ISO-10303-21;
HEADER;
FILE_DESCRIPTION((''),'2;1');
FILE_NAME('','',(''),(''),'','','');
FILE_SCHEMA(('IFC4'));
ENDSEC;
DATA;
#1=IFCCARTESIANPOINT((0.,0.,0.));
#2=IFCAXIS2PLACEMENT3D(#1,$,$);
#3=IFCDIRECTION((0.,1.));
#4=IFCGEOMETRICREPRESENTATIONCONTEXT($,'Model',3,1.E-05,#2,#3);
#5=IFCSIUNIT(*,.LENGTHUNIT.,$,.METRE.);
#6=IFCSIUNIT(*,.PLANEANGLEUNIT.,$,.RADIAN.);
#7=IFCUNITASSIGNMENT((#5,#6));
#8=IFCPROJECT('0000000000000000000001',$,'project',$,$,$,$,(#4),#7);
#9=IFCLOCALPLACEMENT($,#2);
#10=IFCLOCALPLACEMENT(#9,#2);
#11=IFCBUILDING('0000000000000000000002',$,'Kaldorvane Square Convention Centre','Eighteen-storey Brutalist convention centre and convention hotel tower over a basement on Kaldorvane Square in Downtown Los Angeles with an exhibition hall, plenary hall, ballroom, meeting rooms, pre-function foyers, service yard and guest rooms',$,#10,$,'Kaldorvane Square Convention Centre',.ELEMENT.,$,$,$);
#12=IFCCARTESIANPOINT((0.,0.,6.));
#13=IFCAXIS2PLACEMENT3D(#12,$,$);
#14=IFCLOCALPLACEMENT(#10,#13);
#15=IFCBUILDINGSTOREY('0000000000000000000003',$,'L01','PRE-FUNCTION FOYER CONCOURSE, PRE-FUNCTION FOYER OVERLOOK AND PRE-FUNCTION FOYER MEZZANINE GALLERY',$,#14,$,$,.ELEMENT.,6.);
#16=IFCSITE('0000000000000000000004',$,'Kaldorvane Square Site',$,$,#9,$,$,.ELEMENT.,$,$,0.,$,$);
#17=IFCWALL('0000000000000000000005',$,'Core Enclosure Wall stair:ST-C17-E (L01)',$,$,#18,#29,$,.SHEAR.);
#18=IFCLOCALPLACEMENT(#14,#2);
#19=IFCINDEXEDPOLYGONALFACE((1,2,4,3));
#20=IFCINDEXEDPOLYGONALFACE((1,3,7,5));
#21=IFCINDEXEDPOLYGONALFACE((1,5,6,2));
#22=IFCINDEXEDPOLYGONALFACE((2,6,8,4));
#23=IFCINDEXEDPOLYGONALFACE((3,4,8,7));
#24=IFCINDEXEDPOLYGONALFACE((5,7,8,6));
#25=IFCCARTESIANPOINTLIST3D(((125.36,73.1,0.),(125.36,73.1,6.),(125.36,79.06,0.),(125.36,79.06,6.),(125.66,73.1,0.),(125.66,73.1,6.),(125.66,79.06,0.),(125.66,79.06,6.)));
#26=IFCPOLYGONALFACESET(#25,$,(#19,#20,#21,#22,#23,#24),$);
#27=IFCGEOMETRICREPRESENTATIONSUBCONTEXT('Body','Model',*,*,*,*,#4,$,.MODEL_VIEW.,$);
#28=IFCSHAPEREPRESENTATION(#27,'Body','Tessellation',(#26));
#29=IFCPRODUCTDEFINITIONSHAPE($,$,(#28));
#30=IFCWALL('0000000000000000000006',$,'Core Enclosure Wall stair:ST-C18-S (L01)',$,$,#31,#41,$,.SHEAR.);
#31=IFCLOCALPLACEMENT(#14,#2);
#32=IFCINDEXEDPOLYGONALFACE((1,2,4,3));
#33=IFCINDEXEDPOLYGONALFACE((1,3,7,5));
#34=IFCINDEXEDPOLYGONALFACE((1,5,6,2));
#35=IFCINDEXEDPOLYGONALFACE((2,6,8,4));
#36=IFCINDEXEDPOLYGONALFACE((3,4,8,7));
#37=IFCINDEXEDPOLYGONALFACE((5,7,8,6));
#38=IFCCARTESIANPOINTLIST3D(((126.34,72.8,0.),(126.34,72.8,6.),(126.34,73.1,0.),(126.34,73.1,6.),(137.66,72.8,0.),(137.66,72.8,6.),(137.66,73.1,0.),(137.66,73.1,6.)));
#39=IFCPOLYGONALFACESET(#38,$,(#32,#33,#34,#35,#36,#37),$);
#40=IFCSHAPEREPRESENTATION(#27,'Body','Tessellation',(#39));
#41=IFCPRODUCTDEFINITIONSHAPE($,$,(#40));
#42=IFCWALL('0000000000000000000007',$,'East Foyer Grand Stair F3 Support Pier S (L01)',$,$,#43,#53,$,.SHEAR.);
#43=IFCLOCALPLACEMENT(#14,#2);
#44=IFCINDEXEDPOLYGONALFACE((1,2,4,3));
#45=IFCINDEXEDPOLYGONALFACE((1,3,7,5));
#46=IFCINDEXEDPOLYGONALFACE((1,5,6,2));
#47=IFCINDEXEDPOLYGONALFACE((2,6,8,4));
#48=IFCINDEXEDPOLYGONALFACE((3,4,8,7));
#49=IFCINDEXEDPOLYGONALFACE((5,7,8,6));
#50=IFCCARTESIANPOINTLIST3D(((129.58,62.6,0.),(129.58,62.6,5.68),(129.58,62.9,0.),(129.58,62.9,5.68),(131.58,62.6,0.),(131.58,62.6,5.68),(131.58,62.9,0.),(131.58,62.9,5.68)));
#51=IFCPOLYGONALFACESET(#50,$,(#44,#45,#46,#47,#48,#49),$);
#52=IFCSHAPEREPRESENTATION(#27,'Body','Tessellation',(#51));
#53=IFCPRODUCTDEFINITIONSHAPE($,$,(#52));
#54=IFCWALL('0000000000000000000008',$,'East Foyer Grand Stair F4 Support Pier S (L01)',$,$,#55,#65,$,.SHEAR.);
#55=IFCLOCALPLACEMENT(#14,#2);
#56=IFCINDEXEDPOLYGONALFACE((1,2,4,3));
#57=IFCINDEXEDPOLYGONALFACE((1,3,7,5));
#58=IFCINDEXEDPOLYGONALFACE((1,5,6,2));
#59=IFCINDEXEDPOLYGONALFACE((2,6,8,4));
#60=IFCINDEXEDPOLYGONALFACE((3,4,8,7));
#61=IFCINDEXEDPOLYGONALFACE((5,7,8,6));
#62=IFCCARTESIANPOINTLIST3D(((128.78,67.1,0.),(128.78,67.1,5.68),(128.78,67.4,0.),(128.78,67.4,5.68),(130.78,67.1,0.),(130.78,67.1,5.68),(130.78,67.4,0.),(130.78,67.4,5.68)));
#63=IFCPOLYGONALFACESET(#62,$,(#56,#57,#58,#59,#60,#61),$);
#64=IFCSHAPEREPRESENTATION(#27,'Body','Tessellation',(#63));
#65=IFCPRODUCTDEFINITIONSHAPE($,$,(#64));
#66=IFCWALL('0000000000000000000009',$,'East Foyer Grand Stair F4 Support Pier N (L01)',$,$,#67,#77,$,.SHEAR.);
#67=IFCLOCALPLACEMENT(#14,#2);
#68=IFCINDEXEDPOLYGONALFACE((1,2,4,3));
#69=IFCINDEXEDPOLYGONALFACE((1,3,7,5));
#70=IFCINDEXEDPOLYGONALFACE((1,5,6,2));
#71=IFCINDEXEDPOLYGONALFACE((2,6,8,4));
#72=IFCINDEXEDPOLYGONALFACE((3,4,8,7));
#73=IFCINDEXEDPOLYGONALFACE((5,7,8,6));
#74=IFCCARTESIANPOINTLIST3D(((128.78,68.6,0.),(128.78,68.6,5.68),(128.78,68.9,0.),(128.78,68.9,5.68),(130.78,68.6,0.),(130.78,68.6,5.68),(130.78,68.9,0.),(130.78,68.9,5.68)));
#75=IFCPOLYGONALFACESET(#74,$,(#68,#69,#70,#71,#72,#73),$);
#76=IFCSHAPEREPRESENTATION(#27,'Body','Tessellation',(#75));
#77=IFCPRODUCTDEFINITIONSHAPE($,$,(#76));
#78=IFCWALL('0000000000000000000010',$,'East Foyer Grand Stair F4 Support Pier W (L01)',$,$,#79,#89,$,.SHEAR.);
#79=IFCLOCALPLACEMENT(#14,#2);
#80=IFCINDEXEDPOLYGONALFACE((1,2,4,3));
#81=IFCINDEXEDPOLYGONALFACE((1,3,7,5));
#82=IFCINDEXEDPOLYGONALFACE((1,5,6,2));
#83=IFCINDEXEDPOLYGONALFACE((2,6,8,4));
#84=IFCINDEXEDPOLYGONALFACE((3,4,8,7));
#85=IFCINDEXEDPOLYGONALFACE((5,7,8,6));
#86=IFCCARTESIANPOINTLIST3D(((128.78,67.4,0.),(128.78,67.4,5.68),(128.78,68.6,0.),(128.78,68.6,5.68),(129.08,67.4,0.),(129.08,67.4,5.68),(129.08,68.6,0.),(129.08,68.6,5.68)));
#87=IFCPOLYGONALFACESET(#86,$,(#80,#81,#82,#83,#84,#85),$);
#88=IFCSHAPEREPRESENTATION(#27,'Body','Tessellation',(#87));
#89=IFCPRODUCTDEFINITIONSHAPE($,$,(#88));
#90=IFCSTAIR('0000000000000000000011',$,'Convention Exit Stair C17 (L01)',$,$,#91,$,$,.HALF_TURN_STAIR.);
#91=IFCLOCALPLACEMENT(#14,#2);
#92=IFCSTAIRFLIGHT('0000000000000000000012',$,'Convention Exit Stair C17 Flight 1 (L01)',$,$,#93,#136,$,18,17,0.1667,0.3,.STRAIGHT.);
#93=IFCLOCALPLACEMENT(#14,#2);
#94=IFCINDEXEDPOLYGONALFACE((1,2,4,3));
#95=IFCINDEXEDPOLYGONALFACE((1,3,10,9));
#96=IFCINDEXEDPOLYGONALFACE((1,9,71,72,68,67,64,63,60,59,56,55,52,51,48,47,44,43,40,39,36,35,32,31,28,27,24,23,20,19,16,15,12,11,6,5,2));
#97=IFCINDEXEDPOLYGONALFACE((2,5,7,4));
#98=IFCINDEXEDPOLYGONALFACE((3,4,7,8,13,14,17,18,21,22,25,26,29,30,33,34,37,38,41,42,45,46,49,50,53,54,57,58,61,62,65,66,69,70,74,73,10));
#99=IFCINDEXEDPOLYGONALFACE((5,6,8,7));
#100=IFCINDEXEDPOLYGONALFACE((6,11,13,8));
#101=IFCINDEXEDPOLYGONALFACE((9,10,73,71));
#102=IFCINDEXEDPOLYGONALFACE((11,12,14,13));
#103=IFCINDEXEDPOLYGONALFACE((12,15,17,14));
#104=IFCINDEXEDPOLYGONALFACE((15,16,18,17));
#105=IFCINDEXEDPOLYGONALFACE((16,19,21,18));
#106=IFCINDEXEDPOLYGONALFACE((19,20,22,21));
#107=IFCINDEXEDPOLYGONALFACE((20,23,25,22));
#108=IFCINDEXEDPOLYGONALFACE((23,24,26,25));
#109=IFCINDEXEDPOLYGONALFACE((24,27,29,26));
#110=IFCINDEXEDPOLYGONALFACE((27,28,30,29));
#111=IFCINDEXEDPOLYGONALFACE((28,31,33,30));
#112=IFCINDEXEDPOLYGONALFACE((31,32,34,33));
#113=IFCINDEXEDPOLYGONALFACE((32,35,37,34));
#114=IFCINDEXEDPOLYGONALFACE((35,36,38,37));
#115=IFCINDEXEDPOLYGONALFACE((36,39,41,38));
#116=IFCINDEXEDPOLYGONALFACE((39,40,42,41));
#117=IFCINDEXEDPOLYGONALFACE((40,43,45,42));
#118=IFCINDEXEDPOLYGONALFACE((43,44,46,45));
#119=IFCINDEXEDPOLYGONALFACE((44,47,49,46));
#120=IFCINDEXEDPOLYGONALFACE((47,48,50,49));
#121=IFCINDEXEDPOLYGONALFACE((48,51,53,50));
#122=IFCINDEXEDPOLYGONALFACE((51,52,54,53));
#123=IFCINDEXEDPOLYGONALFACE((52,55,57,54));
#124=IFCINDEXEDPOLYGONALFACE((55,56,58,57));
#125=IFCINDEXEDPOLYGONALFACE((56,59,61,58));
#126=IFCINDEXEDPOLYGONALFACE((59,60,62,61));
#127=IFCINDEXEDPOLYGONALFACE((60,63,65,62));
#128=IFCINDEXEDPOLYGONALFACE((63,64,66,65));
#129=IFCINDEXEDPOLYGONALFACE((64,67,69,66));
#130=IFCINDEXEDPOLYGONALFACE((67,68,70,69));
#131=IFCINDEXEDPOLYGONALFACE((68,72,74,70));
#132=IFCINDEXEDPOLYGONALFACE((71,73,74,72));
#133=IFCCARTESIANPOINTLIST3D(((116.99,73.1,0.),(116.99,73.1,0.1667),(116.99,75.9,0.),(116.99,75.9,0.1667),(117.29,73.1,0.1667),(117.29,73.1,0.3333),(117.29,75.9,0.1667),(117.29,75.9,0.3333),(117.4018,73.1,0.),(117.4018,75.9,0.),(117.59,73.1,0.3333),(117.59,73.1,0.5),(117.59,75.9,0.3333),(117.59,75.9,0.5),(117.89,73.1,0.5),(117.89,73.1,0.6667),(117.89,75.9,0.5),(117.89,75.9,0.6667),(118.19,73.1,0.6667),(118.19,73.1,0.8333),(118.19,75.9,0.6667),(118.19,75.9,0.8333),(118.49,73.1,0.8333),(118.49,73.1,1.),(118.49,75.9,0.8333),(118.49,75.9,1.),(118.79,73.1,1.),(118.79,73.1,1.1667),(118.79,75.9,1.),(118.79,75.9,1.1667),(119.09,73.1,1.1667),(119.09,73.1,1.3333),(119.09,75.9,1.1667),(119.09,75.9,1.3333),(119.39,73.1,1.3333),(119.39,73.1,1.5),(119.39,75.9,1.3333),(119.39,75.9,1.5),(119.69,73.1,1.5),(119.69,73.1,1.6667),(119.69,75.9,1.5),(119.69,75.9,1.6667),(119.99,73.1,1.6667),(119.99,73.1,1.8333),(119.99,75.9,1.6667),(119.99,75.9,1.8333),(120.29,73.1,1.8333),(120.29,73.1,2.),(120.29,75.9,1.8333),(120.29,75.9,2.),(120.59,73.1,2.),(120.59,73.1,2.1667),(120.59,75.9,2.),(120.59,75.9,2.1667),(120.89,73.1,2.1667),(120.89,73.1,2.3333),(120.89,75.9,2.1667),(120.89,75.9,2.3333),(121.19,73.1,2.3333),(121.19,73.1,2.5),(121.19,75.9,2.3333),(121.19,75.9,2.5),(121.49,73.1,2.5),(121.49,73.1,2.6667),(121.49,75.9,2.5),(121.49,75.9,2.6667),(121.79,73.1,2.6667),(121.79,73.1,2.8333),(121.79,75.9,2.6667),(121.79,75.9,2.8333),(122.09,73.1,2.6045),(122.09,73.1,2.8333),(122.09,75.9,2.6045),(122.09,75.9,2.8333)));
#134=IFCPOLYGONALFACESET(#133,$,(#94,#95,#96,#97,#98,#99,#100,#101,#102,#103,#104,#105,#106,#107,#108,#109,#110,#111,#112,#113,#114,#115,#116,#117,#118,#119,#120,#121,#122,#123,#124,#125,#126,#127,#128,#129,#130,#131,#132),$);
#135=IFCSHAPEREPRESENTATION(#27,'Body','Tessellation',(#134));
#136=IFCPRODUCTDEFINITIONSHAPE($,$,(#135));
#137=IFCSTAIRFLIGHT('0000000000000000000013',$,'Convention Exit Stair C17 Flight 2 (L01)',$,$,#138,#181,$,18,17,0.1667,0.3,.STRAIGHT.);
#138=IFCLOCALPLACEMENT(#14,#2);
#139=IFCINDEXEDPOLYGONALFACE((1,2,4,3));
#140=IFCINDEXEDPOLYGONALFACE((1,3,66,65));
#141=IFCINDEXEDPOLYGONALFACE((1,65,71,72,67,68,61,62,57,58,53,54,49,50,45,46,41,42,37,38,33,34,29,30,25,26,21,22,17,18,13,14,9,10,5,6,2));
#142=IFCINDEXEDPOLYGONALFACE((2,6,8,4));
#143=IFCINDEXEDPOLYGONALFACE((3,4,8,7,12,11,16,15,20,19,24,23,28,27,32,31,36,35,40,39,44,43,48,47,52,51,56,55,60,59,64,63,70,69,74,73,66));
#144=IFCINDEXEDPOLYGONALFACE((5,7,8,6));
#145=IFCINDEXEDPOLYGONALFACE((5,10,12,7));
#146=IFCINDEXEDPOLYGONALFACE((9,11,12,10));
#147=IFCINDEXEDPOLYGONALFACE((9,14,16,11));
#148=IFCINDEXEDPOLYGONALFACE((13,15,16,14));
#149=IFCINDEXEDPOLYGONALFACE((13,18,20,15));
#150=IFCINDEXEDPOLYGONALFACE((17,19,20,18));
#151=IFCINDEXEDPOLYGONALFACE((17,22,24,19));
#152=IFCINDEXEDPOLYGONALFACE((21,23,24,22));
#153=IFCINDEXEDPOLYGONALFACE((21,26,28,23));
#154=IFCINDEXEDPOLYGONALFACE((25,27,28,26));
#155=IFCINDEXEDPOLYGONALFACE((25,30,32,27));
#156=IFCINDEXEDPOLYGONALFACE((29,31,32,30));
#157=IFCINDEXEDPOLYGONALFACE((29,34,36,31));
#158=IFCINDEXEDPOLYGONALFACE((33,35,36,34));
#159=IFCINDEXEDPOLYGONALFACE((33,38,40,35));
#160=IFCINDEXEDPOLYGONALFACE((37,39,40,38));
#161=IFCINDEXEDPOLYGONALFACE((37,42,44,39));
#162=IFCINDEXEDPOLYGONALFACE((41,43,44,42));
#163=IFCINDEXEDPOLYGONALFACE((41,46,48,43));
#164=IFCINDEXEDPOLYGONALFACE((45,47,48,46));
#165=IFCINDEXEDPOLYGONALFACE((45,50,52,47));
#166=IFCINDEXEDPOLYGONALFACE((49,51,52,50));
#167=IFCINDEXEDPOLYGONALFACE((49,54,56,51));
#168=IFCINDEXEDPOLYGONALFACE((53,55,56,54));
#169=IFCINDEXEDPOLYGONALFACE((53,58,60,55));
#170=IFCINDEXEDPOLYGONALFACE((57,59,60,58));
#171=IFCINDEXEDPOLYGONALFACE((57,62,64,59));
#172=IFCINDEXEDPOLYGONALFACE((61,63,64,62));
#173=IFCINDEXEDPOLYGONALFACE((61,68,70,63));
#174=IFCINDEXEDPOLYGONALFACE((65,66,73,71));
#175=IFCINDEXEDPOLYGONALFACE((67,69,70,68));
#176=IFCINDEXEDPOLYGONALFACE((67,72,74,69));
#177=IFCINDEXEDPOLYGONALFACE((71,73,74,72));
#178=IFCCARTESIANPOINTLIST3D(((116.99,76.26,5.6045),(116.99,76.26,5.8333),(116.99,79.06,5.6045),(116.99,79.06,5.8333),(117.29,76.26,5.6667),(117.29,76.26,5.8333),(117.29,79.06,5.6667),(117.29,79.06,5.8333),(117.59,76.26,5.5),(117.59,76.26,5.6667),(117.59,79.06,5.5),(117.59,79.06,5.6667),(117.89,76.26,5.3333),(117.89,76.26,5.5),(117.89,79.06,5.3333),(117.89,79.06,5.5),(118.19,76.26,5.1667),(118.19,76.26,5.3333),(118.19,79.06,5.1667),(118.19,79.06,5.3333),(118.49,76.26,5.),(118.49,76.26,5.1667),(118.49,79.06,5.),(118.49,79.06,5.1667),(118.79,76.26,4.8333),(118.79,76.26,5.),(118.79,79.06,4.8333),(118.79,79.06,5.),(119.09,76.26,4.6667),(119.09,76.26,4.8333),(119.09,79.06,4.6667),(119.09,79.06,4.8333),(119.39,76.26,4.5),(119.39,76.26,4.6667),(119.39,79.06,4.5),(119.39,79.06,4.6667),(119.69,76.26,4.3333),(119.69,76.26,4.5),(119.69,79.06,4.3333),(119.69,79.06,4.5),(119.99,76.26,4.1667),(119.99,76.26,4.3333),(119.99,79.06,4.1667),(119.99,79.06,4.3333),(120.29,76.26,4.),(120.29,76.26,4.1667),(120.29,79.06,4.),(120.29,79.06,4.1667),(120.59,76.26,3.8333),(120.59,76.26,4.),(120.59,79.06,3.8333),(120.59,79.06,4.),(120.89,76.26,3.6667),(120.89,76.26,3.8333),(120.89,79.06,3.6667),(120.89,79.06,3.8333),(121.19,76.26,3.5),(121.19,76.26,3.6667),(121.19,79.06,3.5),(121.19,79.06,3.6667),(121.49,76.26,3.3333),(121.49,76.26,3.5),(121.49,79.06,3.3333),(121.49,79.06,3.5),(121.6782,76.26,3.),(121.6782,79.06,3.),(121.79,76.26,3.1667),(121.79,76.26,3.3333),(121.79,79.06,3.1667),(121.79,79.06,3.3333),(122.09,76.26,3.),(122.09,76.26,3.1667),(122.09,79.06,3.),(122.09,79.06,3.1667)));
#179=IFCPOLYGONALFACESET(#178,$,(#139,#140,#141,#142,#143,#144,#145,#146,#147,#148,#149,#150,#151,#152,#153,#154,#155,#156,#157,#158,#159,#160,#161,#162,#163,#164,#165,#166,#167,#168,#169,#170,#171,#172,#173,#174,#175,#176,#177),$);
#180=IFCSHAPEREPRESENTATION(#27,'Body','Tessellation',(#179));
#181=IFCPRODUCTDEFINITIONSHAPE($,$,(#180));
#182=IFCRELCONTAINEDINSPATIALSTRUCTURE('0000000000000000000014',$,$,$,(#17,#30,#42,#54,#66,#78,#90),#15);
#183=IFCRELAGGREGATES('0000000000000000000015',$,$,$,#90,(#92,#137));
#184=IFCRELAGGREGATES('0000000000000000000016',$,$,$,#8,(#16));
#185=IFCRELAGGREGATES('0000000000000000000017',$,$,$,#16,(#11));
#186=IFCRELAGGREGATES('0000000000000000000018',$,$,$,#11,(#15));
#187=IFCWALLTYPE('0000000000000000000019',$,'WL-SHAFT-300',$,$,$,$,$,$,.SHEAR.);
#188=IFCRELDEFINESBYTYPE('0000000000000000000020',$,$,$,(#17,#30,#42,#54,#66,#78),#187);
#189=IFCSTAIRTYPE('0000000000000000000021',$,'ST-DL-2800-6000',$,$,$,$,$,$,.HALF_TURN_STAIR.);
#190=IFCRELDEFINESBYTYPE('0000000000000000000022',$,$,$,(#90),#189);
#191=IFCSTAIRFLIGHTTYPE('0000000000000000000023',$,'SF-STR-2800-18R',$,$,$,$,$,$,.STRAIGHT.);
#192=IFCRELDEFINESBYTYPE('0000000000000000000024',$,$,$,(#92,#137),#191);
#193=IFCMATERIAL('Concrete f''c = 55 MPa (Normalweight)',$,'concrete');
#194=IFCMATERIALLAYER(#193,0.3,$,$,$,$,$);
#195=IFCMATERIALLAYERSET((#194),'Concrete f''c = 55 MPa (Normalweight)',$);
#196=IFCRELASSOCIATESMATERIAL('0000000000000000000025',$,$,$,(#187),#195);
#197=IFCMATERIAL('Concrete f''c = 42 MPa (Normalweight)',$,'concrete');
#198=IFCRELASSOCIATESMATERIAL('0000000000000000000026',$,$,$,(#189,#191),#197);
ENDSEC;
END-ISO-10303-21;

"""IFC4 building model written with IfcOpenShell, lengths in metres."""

from ifc_helpers import new_model, si_unit, direction, frame, frame_2d, origin, place, context, subcontext, project, spatial, polyline, rectangle, outline, extrude, material, layer, layer_set, type_object, element, aggregate, save


model = new_model("IFC4")

# Units and contexts
model_context = context("Model", 3, precision=1e-05, world=origin(), true_north=direction((0.0, 1.0)))
body_context = subcontext(model_context, "Body", "Model", "MODEL_VIEW")
ifc_project = project(units=[si_unit("LENGTHUNIT", "METRE"), si_unit("PLANEANGLEUNIT", "RADIAN")], contexts=[model_context])

# Site, building, storey
site_placement = place(None, origin())
site = spatial("IfcSite", under=ifc_project, at=site_placement, Name="Kaldorvane Square Site", CompositionType="ELEMENT", RefElevation=0.0)
building_placement = place(site_placement, origin())
building = spatial("IfcBuilding", under=site, at=building_placement, Name="Kaldorvane Square Convention Centre", Description="Eighteen-storey Brutalist convention centre and convention hotel tower over a basement on Kaldorvane Square in Downtown Los Angeles with an exhibition hall, plenary hall, ballroom, meeting rooms, pre-function foyers, service yard and guest rooms", LongName="Kaldorvane Square Convention Centre", CompositionType="ELEMENT")
storey_placement = place(building_placement, frame((0.0, 0.0, 6.0)))
storey = spatial("IfcBuildingStorey", under=building, at=storey_placement, Name="L01", Description="PRE-FUNCTION FOYER CONCOURSE, PRE-FUNCTION FOYER OVERLOOK AND PRE-FUNCTION FOYER MEZZANINE GALLERY", CompositionType="ELEMENT", Elevation=6.0)

# Walls
ifc_material_1 = material(Name="Concrete f'c = 55 MPa (Normalweight)", Category="concrete")
ifc_layer = layer(ifc_material_1, 0.3)
ifc_layer_set = layer_set([ifc_layer], Name="Concrete f'c = 55 MPa (Normalweight)")
wall_type = type_object("IfcWallType", Name="WL-SHAFT-300", PredefinedType="SHEAR", material=ifc_layer_set)
wall_1_placement = place(storey_placement, frame((125.51, 73.1, 0.0), z_axis=(0.0, 0.0, 1.0), x_axis=(0.0, 1.0, 0.0)))
element("IfcWall", 1, at=wall_1_placement, inside=storey, type_object=wall_type, Name="Core Enclosure Wall stair:ST-C17-E (L01)", PredefinedType="SHEAR", context=body_context, shape_type="SweptSolid", body=[
    extrude(rectangle(XDim=5.96, YDim=0.3, at=frame_2d((2.98, 0.0))), origin(), (0.0, 0.0, 1.0), 6.0),
])
wall_2_placement = place(storey_placement, frame((126.34, 72.95, 0.0), z_axis=(0.0, 0.0, 1.0), x_axis=(1.0, 0.0, 0.0)))
element("IfcWall", 2, at=wall_2_placement, inside=storey, type_object=wall_type, Name="Core Enclosure Wall stair:ST-C18-S (L01)", PredefinedType="SHEAR", context=body_context, shape_type="SweptSolid", body=[
    extrude(rectangle(XDim=11.32, YDim=0.3, at=frame_2d((5.66, 0.0))), origin(), (0.0, 0.0, 1.0), 6.0),
])
for number, where, z_axis, x_axis, name in (
    (3, (129.58, 62.75, 0.0), (0.0, 0.0, 1.0), (1.0, 0.0, 0.0), "East Foyer Grand Stair F3 Support Pier S (L01)"),
    (4, (128.78, 67.25, 0.0), (0.0, 0.0, 1.0), (1.0, 0.0, 0.0), "East Foyer Grand Stair F4 Support Pier S (L01)"),
    (5, (128.78, 68.75, 0.0), (0.0, 0.0, 1.0), (1.0, 0.0, 0.0), "East Foyer Grand Stair F4 Support Pier N (L01)"),
):
    element("IfcWall", number, at=place(storey_placement, frame(where, z_axis=z_axis, x_axis=x_axis)), inside=storey, type_object=wall_type, Name=name, PredefinedType="SHEAR", context=body_context, shape_type="SweptSolid", body=[
        extrude(rectangle(XDim=2.0, YDim=0.3, at=frame_2d((1.0, 0.0))), origin(), (0.0, 0.0, 1.0), 5.68),
    ])
wall_3_placement = place(storey_placement, frame((128.93, 67.4, 0.0), z_axis=(0.0, 0.0, 1.0), x_axis=(0.0, 1.0, 0.0)))
element("IfcWall", 6, at=wall_3_placement, inside=storey, type_object=wall_type, Name="East Foyer Grand Stair F4 Support Pier W (L01)", PredefinedType="SHEAR", context=body_context, shape_type="SweptSolid", body=[
    extrude(rectangle(XDim=1.2, YDim=0.3, at=frame_2d((0.6, 0.0))), origin(), (0.0, 0.0, 1.0), 5.68),
])

# Stair, stair flights
ifc_material_2 = material(Name="Concrete f'c = 42 MPa (Normalweight)", Category="concrete")
stair_type = type_object("IfcStairType", Name="ST-DL-2800-6000", PredefinedType="HALF_TURN_STAIR", material=ifc_material_2)
stair_1_placement = place(storey_placement, origin())
stair_1 = element("IfcStair", 7, at=stair_1_placement, inside=storey, type_object=stair_type, Name="Convention Exit Stair C17 (L01)", PredefinedType="HALF_TURN_STAIR")
stair_flight_type = type_object("IfcStairFlightType", Name="SF-STR-2800-18R", PredefinedType="STRAIGHT", material=ifc_material_2)
stair_flight_1_placement = place(storey_placement, frame((116.99, 74.5, 0.0), z_axis=(0.0, 0.0, 1.0), x_axis=(1.0, 0.0, 0.0)))
stair_flight_1 = element("IfcStairFlight", 8, at=stair_flight_1_placement, type_object=stair_flight_type, Name="Convention Exit Stair C17 Flight 1 (L01)", NumberOfRisers=18, NumberOfTreads=17, PredefinedType="STRAIGHT", RiserHeight=0.1667, TreadLength=0.3, context=body_context, shape_type="SweptSolid", body=[
    extrude(outline(polyline([(0.0, 0.0), (0.0, 0.1667), (0.3, 0.1667), (0.3, 0.3333), (0.6, 0.3333), (0.6, 0.5), (0.9, 0.5), (0.9, 0.6667), (1.2, 0.6667), (1.2, 0.8333), (1.5, 0.8333), (1.5, 1.0), (1.8, 1.0), (1.8, 1.1667), (2.1, 1.1667), (2.1, 1.3333), (2.4, 1.3333), (2.4, 1.5), (2.7, 1.5), (2.7, 1.6667), (3.0, 1.6667), (3.0, 1.8333), (3.3, 1.8333), (3.3, 2.0), (3.6, 2.0), (3.6, 2.1667), (3.9, 2.1667), (3.9, 2.3333), (4.2, 2.3333), (4.2, 2.5), (4.5, 2.5), (4.5, 2.6667), (4.8, 2.6667), (4.8, 2.8333), (5.1, 2.8333), (5.1, 3.0), (5.1, 2.6045), (0.4118, 0.0), (0.0, 0.0)])), frame((0.0, 1.4, 0.0), z_axis=(0.0, -1.0, 0.0), x_axis=(1.0, 0.0, 0.0)), (0.0, 0.0, 1.0), 2.8),
])
stair_flight_2_placement = place(storey_placement, frame((122.09, 77.66, 3.0), z_axis=(0.0, 0.0, 1.0), x_axis=(-1.0, 0.0, 0.0)))
stair_flight_2 = element("IfcStairFlight", 9, at=stair_flight_2_placement, type_object=stair_flight_type, Name="Convention Exit Stair C17 Flight 2 (L01)", NumberOfRisers=18, NumberOfTreads=17, PredefinedType="STRAIGHT", RiserHeight=0.1667, TreadLength=0.3, context=body_context, shape_type="SweptSolid", body=[
    extrude(outline(polyline([(0.0, 0.0), (0.0, 0.1667), (0.3, 0.1667), (0.3, 0.3333), (0.6, 0.3333), (0.6, 0.5), (0.9, 0.5), (0.9, 0.6667), (1.2, 0.6667), (1.2, 0.8333), (1.5, 0.8333), (1.5, 1.0), (1.8, 1.0), (1.8, 1.1667), (2.1, 1.1667), (2.1, 1.3333), (2.4, 1.3333), (2.4, 1.5), (2.7, 1.5), (2.7, 1.6667), (3.0, 1.6667), (3.0, 1.8333), (3.3, 1.8333), (3.3, 2.0), (3.6, 2.0), (3.6, 2.1667), (3.9, 2.1667), (3.9, 2.3333), (4.2, 2.3333), (4.2, 2.5), (4.5, 2.5), (4.5, 2.6667), (4.8, 2.6667), (4.8, 2.8333), (5.1, 2.8333), (5.1, 3.0), (5.1, 2.6045), (0.4118, 0.0), (0.0, 0.0)])), frame((0.0, 1.4, 0.0), z_axis=(0.0, -1.0, 0.0), x_axis=(1.0, 0.0, 0.0)), (0.0, 0.0, 1.0), 2.8),
])
aggregate(stair_1, [stair_flight_1, stair_flight_2])

save(model, "model.ifc")
